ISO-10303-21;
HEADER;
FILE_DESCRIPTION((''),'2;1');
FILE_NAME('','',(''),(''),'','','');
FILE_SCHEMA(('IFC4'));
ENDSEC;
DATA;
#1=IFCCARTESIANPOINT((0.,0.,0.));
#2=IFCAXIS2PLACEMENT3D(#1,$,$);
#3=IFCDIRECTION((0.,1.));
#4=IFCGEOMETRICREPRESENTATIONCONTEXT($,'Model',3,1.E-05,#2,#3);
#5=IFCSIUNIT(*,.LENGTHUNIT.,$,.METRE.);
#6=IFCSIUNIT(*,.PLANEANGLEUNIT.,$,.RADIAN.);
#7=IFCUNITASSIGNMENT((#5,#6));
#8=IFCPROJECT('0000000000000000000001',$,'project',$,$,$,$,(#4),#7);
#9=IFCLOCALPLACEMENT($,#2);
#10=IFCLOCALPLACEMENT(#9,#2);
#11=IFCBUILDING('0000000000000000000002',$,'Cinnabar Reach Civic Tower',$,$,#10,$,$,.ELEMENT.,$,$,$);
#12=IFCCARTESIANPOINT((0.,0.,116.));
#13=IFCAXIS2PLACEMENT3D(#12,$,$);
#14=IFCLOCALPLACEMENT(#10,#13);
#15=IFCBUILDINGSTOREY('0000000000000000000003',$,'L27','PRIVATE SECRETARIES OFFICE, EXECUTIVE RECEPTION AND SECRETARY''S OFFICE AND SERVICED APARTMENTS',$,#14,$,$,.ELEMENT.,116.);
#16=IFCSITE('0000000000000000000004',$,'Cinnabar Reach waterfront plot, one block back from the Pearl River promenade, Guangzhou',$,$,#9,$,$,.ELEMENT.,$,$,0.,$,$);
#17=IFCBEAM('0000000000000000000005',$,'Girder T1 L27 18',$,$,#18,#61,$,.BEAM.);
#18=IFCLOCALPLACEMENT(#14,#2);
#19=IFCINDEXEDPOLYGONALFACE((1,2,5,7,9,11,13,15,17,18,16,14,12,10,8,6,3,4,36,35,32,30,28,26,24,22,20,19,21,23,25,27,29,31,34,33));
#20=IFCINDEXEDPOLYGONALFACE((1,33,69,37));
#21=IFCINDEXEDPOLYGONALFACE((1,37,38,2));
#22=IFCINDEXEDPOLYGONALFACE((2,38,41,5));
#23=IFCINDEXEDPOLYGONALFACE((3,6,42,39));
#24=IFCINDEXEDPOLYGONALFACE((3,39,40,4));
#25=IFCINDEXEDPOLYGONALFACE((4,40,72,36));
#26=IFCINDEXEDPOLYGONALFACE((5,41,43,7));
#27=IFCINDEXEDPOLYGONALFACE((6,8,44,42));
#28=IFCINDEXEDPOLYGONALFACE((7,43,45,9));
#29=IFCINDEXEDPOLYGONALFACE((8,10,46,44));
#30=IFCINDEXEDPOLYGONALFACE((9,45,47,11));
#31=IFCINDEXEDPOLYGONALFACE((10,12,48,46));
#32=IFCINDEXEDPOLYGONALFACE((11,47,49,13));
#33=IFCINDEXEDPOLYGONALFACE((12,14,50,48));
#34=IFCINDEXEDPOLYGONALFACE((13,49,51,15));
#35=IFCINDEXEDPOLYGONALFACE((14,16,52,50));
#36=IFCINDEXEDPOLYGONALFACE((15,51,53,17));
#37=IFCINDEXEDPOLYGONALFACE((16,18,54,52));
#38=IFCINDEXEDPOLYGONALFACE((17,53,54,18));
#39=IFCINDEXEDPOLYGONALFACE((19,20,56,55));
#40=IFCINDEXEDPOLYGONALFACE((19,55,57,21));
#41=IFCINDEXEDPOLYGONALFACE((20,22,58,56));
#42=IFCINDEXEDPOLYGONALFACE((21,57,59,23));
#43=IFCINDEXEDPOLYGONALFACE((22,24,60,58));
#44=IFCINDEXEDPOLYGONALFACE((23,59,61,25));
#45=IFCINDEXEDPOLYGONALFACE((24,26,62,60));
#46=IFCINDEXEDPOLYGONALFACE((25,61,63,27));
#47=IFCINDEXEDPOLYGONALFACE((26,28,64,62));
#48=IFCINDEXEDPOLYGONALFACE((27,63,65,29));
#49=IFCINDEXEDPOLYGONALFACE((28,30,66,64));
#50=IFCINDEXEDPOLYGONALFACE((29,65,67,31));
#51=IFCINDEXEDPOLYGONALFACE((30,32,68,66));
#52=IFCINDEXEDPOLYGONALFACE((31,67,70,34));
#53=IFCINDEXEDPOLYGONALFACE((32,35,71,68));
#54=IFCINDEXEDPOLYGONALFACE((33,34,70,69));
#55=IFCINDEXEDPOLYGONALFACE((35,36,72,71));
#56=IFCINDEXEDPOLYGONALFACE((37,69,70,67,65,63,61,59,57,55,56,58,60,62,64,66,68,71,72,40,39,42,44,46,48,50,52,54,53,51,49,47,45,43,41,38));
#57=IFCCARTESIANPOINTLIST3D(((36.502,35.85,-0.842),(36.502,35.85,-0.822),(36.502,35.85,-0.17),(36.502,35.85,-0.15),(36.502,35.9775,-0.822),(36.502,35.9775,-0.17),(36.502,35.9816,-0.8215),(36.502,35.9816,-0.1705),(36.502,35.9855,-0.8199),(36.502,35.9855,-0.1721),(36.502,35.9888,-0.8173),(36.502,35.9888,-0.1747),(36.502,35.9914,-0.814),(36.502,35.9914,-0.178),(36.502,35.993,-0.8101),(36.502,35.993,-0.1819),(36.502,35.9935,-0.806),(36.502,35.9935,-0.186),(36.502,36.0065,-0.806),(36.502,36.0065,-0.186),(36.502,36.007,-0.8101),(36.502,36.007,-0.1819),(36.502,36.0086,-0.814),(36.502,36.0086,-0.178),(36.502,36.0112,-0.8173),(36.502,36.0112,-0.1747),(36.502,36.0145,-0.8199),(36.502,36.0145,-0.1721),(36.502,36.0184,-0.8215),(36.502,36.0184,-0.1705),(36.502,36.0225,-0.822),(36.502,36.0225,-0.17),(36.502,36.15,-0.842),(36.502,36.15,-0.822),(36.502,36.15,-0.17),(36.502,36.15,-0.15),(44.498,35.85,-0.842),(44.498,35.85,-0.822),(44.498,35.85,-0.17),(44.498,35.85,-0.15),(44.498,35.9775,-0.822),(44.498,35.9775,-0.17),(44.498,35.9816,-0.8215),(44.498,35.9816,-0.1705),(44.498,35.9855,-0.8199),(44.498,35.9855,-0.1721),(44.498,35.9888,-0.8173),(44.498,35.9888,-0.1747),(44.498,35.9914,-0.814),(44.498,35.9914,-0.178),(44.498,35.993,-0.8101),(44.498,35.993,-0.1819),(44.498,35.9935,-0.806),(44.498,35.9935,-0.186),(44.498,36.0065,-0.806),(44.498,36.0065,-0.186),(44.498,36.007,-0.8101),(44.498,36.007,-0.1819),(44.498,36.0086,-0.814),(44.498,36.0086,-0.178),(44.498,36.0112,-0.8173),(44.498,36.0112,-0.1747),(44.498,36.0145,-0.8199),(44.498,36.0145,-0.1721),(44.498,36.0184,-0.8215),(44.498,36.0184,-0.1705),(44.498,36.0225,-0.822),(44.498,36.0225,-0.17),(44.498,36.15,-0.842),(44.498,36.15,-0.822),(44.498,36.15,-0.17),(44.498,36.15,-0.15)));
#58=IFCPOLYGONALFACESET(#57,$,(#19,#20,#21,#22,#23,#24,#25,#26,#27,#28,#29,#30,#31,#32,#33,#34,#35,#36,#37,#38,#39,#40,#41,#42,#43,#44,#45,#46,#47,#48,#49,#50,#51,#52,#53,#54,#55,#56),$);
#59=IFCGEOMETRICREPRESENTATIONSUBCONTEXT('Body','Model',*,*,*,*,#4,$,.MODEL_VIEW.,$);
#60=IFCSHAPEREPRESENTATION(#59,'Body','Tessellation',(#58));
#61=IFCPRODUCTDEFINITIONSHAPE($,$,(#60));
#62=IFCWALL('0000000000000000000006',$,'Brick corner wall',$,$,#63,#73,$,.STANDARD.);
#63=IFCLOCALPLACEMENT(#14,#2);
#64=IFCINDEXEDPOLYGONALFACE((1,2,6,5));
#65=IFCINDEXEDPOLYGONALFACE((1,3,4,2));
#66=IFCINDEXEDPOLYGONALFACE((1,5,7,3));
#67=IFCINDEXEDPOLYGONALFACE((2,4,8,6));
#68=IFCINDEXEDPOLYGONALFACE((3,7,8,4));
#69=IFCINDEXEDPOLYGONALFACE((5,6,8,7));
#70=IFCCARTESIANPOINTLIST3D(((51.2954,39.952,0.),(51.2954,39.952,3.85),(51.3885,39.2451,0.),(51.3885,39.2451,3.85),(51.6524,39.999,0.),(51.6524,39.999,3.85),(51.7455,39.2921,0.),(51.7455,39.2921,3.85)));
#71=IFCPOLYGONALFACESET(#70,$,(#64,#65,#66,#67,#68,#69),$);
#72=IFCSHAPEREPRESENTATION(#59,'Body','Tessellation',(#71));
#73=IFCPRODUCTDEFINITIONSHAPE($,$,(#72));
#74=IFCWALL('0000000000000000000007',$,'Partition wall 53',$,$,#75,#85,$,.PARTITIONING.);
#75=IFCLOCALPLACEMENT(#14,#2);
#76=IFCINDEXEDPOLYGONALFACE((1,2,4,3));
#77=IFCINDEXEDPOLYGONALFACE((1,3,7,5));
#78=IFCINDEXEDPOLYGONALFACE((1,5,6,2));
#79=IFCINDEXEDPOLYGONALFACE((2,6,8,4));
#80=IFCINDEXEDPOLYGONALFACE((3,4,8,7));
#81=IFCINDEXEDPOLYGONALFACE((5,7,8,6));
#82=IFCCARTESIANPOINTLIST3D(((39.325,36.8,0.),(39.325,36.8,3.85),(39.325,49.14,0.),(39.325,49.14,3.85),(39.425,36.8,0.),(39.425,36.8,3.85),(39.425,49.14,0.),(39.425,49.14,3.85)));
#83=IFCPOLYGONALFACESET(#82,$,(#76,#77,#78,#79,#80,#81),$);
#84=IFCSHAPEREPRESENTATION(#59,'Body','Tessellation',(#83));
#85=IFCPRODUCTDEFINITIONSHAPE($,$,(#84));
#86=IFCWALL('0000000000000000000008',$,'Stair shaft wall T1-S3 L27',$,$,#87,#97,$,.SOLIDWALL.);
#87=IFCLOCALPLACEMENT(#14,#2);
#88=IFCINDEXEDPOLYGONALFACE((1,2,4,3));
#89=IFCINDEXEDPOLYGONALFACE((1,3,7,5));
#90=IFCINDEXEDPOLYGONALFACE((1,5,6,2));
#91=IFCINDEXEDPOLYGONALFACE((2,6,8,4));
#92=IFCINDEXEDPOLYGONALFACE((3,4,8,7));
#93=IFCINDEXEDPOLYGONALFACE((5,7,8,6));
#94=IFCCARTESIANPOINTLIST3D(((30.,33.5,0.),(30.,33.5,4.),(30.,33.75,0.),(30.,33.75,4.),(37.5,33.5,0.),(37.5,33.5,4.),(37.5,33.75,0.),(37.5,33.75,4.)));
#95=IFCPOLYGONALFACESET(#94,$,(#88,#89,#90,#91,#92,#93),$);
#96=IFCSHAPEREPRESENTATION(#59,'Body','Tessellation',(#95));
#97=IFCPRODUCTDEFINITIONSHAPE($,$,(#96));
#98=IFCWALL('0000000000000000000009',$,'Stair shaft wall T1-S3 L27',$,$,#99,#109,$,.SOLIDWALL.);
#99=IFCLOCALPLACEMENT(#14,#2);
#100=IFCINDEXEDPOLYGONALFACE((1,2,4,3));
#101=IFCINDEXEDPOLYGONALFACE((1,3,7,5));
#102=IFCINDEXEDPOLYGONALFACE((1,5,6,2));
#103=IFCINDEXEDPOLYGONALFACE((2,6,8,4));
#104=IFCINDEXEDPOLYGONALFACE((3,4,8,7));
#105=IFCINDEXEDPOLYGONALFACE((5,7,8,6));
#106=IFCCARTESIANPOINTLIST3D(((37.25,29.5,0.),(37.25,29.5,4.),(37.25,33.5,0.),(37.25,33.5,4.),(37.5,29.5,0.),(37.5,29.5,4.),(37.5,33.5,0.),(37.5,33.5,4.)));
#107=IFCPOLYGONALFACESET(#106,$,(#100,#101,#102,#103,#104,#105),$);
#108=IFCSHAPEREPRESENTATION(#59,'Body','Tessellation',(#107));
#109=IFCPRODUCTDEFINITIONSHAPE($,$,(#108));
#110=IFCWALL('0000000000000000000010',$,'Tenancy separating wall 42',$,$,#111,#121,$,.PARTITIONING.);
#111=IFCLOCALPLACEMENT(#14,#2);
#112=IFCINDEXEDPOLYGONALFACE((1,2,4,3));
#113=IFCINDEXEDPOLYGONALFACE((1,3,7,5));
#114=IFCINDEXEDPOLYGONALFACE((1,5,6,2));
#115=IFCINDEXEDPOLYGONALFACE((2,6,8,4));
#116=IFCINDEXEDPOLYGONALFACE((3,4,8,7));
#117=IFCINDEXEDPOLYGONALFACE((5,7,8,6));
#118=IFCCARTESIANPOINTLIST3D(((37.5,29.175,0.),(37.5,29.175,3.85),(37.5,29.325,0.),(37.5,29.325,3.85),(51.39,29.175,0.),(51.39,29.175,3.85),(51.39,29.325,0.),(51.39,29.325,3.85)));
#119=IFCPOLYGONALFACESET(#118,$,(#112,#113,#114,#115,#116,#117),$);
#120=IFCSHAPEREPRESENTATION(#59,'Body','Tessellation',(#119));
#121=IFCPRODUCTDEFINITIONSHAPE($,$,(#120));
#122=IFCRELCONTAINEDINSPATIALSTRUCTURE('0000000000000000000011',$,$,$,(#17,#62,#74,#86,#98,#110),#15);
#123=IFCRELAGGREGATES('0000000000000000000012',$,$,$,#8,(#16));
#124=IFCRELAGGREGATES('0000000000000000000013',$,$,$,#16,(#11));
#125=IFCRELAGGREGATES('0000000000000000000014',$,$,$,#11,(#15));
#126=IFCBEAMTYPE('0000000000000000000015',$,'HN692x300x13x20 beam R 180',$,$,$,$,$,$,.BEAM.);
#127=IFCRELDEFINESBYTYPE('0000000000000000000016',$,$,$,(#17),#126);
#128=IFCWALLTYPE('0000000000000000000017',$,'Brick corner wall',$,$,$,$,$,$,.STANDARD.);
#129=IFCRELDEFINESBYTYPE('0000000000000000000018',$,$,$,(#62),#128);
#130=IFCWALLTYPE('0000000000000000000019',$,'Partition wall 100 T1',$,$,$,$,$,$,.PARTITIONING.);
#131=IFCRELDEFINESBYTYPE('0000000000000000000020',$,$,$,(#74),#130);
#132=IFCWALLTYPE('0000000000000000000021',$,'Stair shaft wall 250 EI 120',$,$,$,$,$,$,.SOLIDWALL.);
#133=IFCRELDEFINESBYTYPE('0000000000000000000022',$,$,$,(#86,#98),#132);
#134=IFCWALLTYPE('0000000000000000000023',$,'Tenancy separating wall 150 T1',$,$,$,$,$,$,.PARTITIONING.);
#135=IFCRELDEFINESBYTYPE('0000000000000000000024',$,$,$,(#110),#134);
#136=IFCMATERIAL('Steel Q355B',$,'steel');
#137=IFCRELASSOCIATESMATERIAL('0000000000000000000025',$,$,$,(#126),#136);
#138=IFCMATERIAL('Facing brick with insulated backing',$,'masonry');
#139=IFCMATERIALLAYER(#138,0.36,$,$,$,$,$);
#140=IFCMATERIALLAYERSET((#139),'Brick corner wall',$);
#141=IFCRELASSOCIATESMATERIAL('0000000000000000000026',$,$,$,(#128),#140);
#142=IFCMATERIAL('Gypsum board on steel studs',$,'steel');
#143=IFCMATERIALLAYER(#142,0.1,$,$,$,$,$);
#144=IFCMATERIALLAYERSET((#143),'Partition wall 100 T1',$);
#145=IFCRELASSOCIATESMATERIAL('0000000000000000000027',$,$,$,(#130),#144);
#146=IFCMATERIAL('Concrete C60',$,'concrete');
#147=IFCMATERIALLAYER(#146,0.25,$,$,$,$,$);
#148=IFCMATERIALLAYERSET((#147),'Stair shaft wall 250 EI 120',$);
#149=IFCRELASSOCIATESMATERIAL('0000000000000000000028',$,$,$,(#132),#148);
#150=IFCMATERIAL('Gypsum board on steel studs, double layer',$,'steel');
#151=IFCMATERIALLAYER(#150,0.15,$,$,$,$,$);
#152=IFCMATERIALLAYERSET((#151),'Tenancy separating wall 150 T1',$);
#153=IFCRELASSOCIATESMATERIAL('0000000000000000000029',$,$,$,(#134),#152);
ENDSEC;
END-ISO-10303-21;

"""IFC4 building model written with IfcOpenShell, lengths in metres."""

from ifc_helpers import new_model, si_unit, direction, frame, frame_2d, origin, origin_2d, place, context, subcontext, project, spatial, rectangle, i_section, extrude, material, layer, layer_set, material_profile, profile_set, type_object, element, save


model = new_model("IFC4")

# Units and contexts
model_context = context("Model", 3, precision=1e-05, world=origin(), true_north=direction((0.0, 1.0)))
body_context = subcontext(model_context, "Body", "Model", "MODEL_VIEW")
ifc_project = project(units=[si_unit("LENGTHUNIT", "METRE"), si_unit("PLANEANGLEUNIT", "RADIAN")], contexts=[model_context])

# Site, building, storey
site_placement = place(None, origin())
site = spatial("IfcSite", under=ifc_project, at=site_placement, Name="Cinnabar Reach waterfront plot, one block back from the Pearl River promenade, Guangzhou", CompositionType="ELEMENT", RefElevation=0.0)
building_placement = place(site_placement, origin())
building = spatial("IfcBuilding", under=site, at=building_placement, Name="Cinnabar Reach Civic Tower", CompositionType="ELEMENT")
storey_placement = place(building_placement, frame((0.0, 0.0, 116.0)))
storey = spatial("IfcBuildingStorey", under=building, at=storey_placement, Name="L27", Description="PRIVATE SECRETARIES OFFICE, EXECUTIVE RECEPTION AND SECRETARY'S OFFICE AND SERVICED APARTMENTS", CompositionType="ELEMENT", Elevation=116.0)

# Beam
ifc_material_1 = material(Name="Steel Q355B", Category="steel")
ifc_material_profile_1 = material_profile(ifc_material_1, i_section(OverallWidth=0.3, OverallDepth=0.692, WebThickness=0.013, FlangeThickness=0.02, FilletRadius=0.016, at=origin_2d()), Name="HN692x300x13x20")
ifc_profile_set_1 = profile_set([ifc_material_profile_1], Name="Steel Q355B")
beam_type_1 = type_object("IfcBeamType", Name="HN692x300x13x20 beam R 180", PredefinedType="BEAM", material=ifc_profile_set_1)
beam_1_placement = place(storey_placement, frame((36.502, 36.0, -0.496), z_axis=(1.0, 0.0, 0.0), x_axis=(0.0, 1.0, 0.0)))
element("IfcBeam", 1, at=beam_1_placement, inside=storey, type_object=beam_type_1, Name="Girder T1 L27 18", PredefinedType="BEAM", context=body_context, shape_type="SweptSolid", body=[
    extrude(i_section(OverallWidth=0.3, OverallDepth=0.692, WebThickness=0.013, FlangeThickness=0.02, FilletRadius=0.016, at=origin_2d()), origin(), (0.0, 0.0, 1.0), 7.996),
])

# Walls
ifc_material_2 = material(Name="Facing brick with insulated backing", Category="masonry")
ifc_layer_1 = layer(ifc_material_2, 0.36)
ifc_layer_set_1 = layer_set([ifc_layer_1], Name="Brick corner wall")
wall_type_1 = type_object("IfcWallType", Name="Brick corner wall", PredefinedType="STANDARD", material=ifc_layer_set_1)
wall_1_placement = place(storey_placement, frame((51.567, 39.2686, 0.0), z_axis=(0.0, 0.0, 1.0), x_axis=(-0.130556, 0.991441, 0.0)))
element("IfcWall", 2, at=wall_1_placement, inside=storey, type_object=wall_type_1, Name="Brick corner wall", PredefinedType="STANDARD", context=body_context, shape_type="SweptSolid", body=[
    extrude(rectangle(XDim=0.7131, YDim=0.36, at=frame_2d((0.3565, 0.0))), origin(), (0.0, 0.0, 1.0), 3.85),
])
ifc_material_3 = material(Name="Gypsum board on steel studs", Category="steel")
ifc_layer_2 = layer(ifc_material_3, 0.1)
ifc_layer_set_2 = layer_set([ifc_layer_2], Name="Partition wall 100 T1")
wall_type_2 = type_object("IfcWallType", Name="Partition wall 100 T1", PredefinedType="PARTITIONING", material=ifc_layer_set_2)
wall_2_placement = place(storey_placement, frame((39.375, 36.8, 0.0), z_axis=(0.0, 0.0, 1.0), x_axis=(0.0, 1.0, 0.0)))
element("IfcWall", 3, at=wall_2_placement, inside=storey, type_object=wall_type_2, Name="Partition wall 53", PredefinedType="PARTITIONING", context=body_context, shape_type="SweptSolid", body=[
    extrude(rectangle(XDim=12.34, YDim=0.1, at=frame_2d((6.17, 0.0))), origin(), (0.0, 0.0, 1.0), 3.85),
])
ifc_material_4 = material(Name="Concrete C60", Category="concrete")
ifc_layer_3 = layer(ifc_material_4, 0.25)
ifc_layer_set_3 = layer_set([ifc_layer_3], Name="Stair shaft wall 250 EI 120")
wall_type_3 = type_object("IfcWallType", Name="Stair shaft wall 250 EI 120", PredefinedType="SOLIDWALL", material=ifc_layer_set_3)
wall_3_placement = place(storey_placement, frame((37.5, 33.625, 0.0), z_axis=(0.0, 0.0, 1.0), x_axis=(-1.0, 0.0, 0.0)))
element("IfcWall", 4, at=wall_3_placement, inside=storey, type_object=wall_type_3, Name="Stair shaft wall T1-S3 L27", PredefinedType="SOLIDWALL", context=body_context, shape_type="SweptSolid", body=[
    extrude(rectangle(XDim=7.5, YDim=0.25, at=frame_2d((3.75, 0.0))), origin(), (0.0, 0.0, 1.0), 4.0),
])
wall_4_placement = place(storey_placement, frame((37.375, 29.5, 0.0), z_axis=(0.0, 0.0, 1.0), x_axis=(0.0, 1.0, 0.0)))
element("IfcWall", 5, at=wall_4_placement, inside=storey, type_object=wall_type_3, Name="Stair shaft wall T1-S3 L27", PredefinedType="SOLIDWALL", context=body_context, shape_type="SweptSolid", body=[
    extrude(rectangle(XDim=4.0, YDim=0.25, at=frame_2d((2.0, 0.0))), origin(), (0.0, 0.0, 1.0), 4.0),
])
ifc_material_5 = material(Name="Gypsum board on steel studs, double layer", Category="steel")
ifc_layer_4 = layer(ifc_material_5, 0.15)
ifc_layer_set_4 = layer_set([ifc_layer_4], Name="Tenancy separating wall 150 T1")
wall_type_4 = type_object("IfcWallType", Name="Tenancy separating wall 150 T1", PredefinedType="PARTITIONING", material=ifc_layer_set_4)
wall_5_placement = place(storey_placement, frame((37.5, 29.25, 0.0), z_axis=(0.0, 0.0, 1.0), x_axis=(1.0, 0.0, 0.0)))
element("IfcWall", 6, at=wall_5_placement, inside=storey, type_object=wall_type_4, Name="Tenancy separating wall 42", PredefinedType="PARTITIONING", context=body_context, shape_type="SweptSolid", body=[
    extrude(rectangle(XDim=13.89, YDim=0.15, at=frame_2d((6.945, 0.0))), origin(), (0.0, 0.0, 1.0), 3.85),
])

save(model, "model.ifc")
